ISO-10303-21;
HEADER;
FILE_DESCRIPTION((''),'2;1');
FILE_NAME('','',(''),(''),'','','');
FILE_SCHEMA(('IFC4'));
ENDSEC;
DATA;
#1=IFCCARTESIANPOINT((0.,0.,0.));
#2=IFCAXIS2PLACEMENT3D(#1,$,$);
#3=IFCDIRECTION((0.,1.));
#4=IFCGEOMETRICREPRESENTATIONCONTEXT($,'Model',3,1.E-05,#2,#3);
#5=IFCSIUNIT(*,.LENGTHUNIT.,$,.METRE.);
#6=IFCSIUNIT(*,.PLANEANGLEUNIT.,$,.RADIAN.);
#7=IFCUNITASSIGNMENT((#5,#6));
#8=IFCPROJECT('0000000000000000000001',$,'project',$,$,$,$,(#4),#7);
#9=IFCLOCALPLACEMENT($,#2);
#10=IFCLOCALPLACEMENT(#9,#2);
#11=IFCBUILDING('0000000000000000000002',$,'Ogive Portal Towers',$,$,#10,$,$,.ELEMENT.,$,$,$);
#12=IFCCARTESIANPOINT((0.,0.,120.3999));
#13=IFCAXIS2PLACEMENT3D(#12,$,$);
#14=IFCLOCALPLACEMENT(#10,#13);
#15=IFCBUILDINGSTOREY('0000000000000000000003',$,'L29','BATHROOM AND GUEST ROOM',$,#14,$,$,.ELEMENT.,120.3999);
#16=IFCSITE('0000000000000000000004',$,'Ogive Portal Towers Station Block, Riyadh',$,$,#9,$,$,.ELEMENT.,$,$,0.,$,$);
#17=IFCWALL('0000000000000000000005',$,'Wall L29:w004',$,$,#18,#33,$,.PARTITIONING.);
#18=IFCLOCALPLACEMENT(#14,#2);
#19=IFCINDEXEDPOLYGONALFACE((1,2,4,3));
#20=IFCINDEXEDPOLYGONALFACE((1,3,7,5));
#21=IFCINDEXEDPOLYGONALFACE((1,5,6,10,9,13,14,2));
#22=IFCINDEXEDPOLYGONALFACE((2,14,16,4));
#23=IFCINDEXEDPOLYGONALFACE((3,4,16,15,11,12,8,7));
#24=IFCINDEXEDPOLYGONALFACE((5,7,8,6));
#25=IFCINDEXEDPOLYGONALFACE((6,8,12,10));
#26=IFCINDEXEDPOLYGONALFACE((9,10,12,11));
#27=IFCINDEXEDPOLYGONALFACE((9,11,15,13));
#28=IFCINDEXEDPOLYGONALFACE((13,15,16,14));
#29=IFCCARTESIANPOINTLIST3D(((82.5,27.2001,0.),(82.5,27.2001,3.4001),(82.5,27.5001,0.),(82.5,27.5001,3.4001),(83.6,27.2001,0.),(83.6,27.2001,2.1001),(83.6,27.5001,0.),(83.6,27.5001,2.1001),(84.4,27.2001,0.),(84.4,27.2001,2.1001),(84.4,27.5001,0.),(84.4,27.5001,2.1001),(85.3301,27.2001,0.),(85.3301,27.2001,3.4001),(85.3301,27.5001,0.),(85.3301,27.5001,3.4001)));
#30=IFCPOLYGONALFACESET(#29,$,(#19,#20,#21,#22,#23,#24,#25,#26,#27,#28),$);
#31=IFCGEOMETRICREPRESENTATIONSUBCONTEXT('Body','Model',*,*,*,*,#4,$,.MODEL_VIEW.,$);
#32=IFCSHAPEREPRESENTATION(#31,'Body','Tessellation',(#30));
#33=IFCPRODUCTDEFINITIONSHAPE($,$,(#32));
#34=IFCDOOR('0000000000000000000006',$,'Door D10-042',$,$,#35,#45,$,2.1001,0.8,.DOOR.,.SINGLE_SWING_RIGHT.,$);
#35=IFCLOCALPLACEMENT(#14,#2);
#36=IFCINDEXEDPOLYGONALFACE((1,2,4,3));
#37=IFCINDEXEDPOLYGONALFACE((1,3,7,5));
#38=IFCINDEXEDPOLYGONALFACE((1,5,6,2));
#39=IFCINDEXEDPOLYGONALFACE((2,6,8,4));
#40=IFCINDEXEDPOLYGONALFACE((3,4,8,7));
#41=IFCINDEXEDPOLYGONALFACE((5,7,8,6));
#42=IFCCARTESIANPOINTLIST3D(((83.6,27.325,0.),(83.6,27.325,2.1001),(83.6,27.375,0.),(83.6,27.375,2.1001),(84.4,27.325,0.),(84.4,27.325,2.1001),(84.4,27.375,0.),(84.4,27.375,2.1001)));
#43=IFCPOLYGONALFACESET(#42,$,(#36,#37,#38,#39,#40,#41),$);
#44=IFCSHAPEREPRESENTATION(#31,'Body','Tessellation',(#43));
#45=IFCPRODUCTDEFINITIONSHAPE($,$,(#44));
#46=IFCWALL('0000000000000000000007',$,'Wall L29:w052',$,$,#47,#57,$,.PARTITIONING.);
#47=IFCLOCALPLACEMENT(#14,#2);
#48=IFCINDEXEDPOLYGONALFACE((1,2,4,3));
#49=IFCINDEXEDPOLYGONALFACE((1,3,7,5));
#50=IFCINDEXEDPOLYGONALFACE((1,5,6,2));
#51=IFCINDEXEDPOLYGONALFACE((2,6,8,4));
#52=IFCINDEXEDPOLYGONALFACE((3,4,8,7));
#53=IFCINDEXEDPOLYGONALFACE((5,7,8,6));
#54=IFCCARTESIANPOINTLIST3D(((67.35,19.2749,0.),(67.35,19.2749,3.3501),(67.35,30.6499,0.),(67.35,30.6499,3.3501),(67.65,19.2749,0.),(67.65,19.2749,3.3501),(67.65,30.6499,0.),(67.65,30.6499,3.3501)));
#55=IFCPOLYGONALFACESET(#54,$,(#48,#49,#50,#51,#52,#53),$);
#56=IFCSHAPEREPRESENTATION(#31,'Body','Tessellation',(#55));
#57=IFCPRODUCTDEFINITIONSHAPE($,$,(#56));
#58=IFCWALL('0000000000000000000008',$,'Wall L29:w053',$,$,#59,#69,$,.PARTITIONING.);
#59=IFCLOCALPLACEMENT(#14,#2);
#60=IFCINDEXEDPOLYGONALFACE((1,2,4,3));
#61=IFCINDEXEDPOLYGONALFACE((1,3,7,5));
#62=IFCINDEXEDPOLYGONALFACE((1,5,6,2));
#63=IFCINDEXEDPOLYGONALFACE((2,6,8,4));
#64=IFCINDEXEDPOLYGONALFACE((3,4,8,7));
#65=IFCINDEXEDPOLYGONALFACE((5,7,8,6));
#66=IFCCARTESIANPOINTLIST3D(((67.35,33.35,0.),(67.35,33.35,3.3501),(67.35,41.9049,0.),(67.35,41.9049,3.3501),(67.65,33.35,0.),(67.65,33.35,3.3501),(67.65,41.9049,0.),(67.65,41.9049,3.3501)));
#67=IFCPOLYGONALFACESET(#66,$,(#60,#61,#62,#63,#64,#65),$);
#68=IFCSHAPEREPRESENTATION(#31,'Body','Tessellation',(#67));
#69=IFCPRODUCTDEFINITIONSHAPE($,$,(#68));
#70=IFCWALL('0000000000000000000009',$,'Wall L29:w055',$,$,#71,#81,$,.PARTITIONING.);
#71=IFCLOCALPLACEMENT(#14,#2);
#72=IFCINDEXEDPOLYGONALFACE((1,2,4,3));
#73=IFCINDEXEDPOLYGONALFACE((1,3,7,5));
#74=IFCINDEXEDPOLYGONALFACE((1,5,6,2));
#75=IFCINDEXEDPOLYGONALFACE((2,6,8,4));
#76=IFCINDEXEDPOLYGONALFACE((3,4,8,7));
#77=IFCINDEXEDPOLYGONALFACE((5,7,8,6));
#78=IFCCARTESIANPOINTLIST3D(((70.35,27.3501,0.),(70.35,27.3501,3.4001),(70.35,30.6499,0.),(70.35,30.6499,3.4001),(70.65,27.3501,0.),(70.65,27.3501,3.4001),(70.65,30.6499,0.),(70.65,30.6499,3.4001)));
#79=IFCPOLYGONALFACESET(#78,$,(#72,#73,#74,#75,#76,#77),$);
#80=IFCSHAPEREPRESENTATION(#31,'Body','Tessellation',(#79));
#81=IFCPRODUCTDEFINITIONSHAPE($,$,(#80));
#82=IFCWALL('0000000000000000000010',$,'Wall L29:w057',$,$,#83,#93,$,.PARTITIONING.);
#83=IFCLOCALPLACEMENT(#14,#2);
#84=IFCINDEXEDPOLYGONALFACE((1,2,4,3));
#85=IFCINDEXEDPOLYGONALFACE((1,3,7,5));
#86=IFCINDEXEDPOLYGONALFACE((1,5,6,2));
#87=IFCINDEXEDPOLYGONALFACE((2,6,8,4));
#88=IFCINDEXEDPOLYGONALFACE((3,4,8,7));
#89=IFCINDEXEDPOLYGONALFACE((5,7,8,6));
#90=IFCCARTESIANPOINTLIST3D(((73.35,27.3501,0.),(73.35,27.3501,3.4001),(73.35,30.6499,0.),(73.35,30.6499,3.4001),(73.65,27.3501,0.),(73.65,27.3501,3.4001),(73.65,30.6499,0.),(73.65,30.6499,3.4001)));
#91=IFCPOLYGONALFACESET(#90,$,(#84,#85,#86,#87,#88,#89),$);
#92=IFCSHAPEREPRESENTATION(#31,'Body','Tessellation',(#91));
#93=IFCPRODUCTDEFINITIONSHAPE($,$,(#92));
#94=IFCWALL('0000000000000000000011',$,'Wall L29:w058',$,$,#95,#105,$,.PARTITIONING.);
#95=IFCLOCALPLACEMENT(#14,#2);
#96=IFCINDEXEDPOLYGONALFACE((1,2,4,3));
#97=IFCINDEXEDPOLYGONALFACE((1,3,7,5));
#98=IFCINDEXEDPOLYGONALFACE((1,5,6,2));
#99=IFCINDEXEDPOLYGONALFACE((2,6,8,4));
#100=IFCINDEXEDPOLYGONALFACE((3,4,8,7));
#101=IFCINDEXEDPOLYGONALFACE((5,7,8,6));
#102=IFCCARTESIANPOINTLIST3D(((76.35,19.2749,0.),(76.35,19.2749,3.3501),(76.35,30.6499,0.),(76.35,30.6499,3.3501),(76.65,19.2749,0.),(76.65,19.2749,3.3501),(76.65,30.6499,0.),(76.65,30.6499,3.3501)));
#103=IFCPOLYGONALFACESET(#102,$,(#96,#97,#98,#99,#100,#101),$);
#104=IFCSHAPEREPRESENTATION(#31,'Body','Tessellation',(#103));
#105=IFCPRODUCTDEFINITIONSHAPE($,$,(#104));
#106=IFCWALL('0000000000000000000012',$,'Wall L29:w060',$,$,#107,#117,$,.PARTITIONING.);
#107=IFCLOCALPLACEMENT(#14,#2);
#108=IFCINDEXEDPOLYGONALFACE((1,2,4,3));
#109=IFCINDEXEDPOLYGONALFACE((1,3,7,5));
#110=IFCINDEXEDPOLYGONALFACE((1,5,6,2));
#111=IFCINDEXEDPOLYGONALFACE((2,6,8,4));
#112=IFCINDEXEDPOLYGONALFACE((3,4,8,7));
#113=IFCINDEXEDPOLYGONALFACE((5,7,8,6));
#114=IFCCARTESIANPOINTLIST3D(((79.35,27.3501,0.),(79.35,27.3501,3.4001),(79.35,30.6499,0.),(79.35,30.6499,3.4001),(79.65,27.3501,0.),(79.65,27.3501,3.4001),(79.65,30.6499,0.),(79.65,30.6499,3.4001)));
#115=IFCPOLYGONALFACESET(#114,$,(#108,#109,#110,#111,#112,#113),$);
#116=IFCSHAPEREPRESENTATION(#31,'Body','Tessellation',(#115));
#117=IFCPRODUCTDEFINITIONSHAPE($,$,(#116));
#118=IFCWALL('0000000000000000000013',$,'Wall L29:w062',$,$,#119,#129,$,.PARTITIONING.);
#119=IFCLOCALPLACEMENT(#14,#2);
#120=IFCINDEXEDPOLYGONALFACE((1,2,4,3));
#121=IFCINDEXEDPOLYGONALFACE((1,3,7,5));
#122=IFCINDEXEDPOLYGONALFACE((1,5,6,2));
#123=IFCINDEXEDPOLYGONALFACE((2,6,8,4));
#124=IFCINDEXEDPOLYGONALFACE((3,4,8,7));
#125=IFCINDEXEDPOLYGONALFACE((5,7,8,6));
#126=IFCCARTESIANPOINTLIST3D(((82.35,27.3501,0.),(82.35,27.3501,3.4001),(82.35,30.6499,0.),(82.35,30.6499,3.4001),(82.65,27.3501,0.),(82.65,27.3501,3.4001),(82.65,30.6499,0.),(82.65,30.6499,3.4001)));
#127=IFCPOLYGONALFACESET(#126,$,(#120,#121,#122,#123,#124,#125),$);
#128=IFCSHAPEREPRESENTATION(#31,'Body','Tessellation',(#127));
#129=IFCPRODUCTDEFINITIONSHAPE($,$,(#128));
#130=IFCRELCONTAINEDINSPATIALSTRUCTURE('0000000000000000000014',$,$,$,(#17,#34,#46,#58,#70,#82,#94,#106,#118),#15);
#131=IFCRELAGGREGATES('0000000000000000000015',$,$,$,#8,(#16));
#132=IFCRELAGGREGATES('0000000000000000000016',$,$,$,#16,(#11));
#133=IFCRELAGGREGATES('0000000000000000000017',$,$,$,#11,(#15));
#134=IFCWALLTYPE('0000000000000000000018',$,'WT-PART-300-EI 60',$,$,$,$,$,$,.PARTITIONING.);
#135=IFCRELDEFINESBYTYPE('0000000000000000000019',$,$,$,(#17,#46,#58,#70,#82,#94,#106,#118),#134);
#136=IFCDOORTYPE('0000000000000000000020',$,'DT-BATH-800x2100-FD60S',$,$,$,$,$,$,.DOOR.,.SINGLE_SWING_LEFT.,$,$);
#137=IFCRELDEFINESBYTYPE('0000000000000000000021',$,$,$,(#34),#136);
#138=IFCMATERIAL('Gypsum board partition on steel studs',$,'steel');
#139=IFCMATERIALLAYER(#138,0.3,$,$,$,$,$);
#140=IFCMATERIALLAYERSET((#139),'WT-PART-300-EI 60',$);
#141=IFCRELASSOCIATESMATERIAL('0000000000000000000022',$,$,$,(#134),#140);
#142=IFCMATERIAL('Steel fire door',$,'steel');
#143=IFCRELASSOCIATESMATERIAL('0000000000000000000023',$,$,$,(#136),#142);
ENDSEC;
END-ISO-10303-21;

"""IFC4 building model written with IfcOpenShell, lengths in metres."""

from ifc_helpers import new_model, si_unit, direction, frame, frame_2d, origin, place, context, subcontext, project, spatial, rectangle, extrude, material, layer, layer_set, type_object, element, fill, save


model = new_model("IFC4")

# Units and contexts
model_context = context("Model", 3, precision=1e-05, world=origin(), true_north=direction((0.0, 1.0)))
body_context = subcontext(model_context, "Body", "Model", "MODEL_VIEW")
ifc_project = project(units=[si_unit("LENGTHUNIT", "METRE"), si_unit("PLANEANGLEUNIT", "RADIAN")], contexts=[model_context])

# Site, building, storey
site_placement = place(None, origin())
site = spatial("IfcSite", under=ifc_project, at=site_placement, Name="Ogive Portal Towers Station Block, Riyadh", CompositionType="ELEMENT", RefElevation=0.0)
building_placement = place(site_placement, origin())
building = spatial("IfcBuilding", under=site, at=building_placement, Name="Ogive Portal Towers", CompositionType="ELEMENT")
storey_placement = place(building_placement, frame((0.0, 0.0, 120.3999)))
storey = spatial("IfcBuildingStorey", under=building, at=storey_placement, Name="L29", Description="BATHROOM AND GUEST ROOM", CompositionType="ELEMENT", Elevation=120.3999)

# Shared definitions
ifc_material_1 = material(Name="Steel fire door", Category="steel")
ifc_material_2 = material(Name="Gypsum board partition on steel studs", Category="steel")
ifc_layer_1 = layer(ifc_material_2, 0.3)
ifc_layer_set_1 = layer_set([ifc_layer_1], Name="WT-PART-300-EI 60")
wall_type_1 = type_object("IfcWallType", Name="WT-PART-300-EI 60", PredefinedType="PARTITIONING", material=ifc_layer_set_1)
door_type_1 = type_object("IfcDoorType", Name="DT-BATH-800x2100-FD60S", OperationType="SINGLE_SWING_LEFT", PredefinedType="DOOR", material=ifc_material_1)

# Wall, opening, door
wall_1_placement = place(storey_placement, frame((82.5, 27.3501, 0.0), z_axis=(0.0, 0.0, 1.0), x_axis=(1.0, 0.0, 0.0)))
wall_1 = element("IfcWall", 1, at=wall_1_placement, inside=storey, type_object=wall_type_1, Name="Wall L29:w004", PredefinedType="PARTITIONING", context=body_context, shape_type="SweptSolid", body=[
    extrude(rectangle(XDim=2.8301, YDim=0.3, at=frame_2d((1.415, 0.0))), origin(), (0.0, 0.0, 1.0), 3.4001),
])
opening_1_placement = place(wall_1_placement, frame((1.1001, 0.0, 0.0)))
opening_1 = element("IfcOpeningElement", 2, at=opening_1_placement, cuts=wall_1, PredefinedType="OPENING", context=body_context, shape_type="SweptSolid", body=[
    extrude(rectangle(XDim=0.8, YDim=2.1001, at=frame_2d((0.3999, 1.05))), frame((0.0, 0.1602, 0.0), z_axis=(0.0, -1.0, 0.0), x_axis=(1.0, 0.0, 0.0)), (0.0, 0.0, 1.0), 0.3201),
])
door_1_placement = place(opening_1_placement, origin())
door_1 = element("IfcDoor", 3, at=door_1_placement, inside=storey, type_object=door_type_1, Name="Door D10-042", OperationType="SINGLE_SWING_RIGHT", OverallHeight=2.1001, OverallWidth=0.8, PredefinedType="DOOR", context=body_context, shape_type="SweptSolid", body=[
    extrude(rectangle(XDim=0.8, YDim=2.1001, at=frame_2d((0.3999, 1.05))), frame((0.0, 0.0249, 0.0), z_axis=(0.0, -1.0, 0.0), x_axis=(1.0, 0.0, 0.0)), (0.0, 0.0, 1.0), 0.05),
])
fill(opening_1, door_1)

# Walls
wall_2_placement = place(storey_placement, frame((67.5, 19.2749, 0.0), z_axis=(0.0, 0.0, 1.0), x_axis=(0.0, 1.0, 0.0)))
element("IfcWall", 4, at=wall_2_placement, inside=storey, type_object=wall_type_1, Name="Wall L29:w052", PredefinedType="PARTITIONING", context=body_context, shape_type="SweptSolid", body=[
    extrude(rectangle(XDim=11.375, YDim=0.3, at=frame_2d((5.6875, 0.0))), origin(), (0.0, 0.0, 1.0), 3.3501),
])
wall_3_placement = place(storey_placement, frame((67.5, 33.3501, 0.0), z_axis=(0.0, 0.0, 1.0), x_axis=(0.0, 1.0, 0.0)))
element("IfcWall", 5, at=wall_3_placement, inside=storey, type_object=wall_type_1, Name="Wall L29:w053", PredefinedType="PARTITIONING", context=body_context, shape_type="SweptSolid", body=[
    extrude(rectangle(XDim=8.5549, YDim=0.3, at=frame_2d((4.2773, 0.0))), origin(), (0.0, 0.0, 1.0), 3.3501),
])
for number, where, z_axis, x_axis, name in (
    (6, (70.5, 27.3501, 0.0), (0.0, 0.0, 1.0), (0.0, 1.0, 0.0), "Wall L29:w055"),
    (7, (73.5, 27.3501, 0.0), (0.0, 0.0, 1.0), (0.0, 1.0, 0.0), "Wall L29:w057"),
):
    element("IfcWall", number, at=place(storey_placement, frame(where, z_axis=z_axis, x_axis=x_axis)), inside=storey, type_object=wall_type_1, Name=name, PredefinedType="PARTITIONING", context=body_context, shape_type="SweptSolid", body=[
        extrude(rectangle(XDim=3.2998, YDim=0.3, at=frame_2d((1.6499, 0.0))), origin(), (0.0, 0.0, 1.0), 3.4001),
    ])
wall_4_placement = place(storey_placement, frame((76.5, 19.2749, 0.0), z_axis=(0.0, 0.0, 1.0), x_axis=(0.0, 1.0, 0.0)))
element("IfcWall", 8, at=wall_4_placement, inside=storey, type_object=wall_type_1, Name="Wall L29:w058", PredefinedType="PARTITIONING", context=body_context, shape_type="SweptSolid", body=[
    extrude(rectangle(XDim=11.375, YDim=0.3, at=frame_2d((5.6875, 0.0))), origin(), (0.0, 0.0, 1.0), 3.3501),
])
for number, where, z_axis, x_axis, name in (
    (9, (79.5, 27.3501, 0.0), (0.0, 0.0, 1.0), (0.0, 1.0, 0.0), "Wall L29:w060"),
    (10, (82.5, 27.3501, 0.0), (0.0, 0.0, 1.0), (0.0, 1.0, 0.0), "Wall L29:w062"),
):
    element("IfcWall", number, at=place(storey_placement, frame(where, z_axis=z_axis, x_axis=x_axis)), inside=storey, type_object=wall_type_1, Name=name, PredefinedType="PARTITIONING", context=body_context, shape_type="SweptSolid", body=[
        extrude(rectangle(XDim=3.2998, YDim=0.3, at=frame_2d((1.6499, 0.0))), origin(), (0.0, 0.0, 1.0), 3.4001),
    ])

save(model, "model.ifc")
